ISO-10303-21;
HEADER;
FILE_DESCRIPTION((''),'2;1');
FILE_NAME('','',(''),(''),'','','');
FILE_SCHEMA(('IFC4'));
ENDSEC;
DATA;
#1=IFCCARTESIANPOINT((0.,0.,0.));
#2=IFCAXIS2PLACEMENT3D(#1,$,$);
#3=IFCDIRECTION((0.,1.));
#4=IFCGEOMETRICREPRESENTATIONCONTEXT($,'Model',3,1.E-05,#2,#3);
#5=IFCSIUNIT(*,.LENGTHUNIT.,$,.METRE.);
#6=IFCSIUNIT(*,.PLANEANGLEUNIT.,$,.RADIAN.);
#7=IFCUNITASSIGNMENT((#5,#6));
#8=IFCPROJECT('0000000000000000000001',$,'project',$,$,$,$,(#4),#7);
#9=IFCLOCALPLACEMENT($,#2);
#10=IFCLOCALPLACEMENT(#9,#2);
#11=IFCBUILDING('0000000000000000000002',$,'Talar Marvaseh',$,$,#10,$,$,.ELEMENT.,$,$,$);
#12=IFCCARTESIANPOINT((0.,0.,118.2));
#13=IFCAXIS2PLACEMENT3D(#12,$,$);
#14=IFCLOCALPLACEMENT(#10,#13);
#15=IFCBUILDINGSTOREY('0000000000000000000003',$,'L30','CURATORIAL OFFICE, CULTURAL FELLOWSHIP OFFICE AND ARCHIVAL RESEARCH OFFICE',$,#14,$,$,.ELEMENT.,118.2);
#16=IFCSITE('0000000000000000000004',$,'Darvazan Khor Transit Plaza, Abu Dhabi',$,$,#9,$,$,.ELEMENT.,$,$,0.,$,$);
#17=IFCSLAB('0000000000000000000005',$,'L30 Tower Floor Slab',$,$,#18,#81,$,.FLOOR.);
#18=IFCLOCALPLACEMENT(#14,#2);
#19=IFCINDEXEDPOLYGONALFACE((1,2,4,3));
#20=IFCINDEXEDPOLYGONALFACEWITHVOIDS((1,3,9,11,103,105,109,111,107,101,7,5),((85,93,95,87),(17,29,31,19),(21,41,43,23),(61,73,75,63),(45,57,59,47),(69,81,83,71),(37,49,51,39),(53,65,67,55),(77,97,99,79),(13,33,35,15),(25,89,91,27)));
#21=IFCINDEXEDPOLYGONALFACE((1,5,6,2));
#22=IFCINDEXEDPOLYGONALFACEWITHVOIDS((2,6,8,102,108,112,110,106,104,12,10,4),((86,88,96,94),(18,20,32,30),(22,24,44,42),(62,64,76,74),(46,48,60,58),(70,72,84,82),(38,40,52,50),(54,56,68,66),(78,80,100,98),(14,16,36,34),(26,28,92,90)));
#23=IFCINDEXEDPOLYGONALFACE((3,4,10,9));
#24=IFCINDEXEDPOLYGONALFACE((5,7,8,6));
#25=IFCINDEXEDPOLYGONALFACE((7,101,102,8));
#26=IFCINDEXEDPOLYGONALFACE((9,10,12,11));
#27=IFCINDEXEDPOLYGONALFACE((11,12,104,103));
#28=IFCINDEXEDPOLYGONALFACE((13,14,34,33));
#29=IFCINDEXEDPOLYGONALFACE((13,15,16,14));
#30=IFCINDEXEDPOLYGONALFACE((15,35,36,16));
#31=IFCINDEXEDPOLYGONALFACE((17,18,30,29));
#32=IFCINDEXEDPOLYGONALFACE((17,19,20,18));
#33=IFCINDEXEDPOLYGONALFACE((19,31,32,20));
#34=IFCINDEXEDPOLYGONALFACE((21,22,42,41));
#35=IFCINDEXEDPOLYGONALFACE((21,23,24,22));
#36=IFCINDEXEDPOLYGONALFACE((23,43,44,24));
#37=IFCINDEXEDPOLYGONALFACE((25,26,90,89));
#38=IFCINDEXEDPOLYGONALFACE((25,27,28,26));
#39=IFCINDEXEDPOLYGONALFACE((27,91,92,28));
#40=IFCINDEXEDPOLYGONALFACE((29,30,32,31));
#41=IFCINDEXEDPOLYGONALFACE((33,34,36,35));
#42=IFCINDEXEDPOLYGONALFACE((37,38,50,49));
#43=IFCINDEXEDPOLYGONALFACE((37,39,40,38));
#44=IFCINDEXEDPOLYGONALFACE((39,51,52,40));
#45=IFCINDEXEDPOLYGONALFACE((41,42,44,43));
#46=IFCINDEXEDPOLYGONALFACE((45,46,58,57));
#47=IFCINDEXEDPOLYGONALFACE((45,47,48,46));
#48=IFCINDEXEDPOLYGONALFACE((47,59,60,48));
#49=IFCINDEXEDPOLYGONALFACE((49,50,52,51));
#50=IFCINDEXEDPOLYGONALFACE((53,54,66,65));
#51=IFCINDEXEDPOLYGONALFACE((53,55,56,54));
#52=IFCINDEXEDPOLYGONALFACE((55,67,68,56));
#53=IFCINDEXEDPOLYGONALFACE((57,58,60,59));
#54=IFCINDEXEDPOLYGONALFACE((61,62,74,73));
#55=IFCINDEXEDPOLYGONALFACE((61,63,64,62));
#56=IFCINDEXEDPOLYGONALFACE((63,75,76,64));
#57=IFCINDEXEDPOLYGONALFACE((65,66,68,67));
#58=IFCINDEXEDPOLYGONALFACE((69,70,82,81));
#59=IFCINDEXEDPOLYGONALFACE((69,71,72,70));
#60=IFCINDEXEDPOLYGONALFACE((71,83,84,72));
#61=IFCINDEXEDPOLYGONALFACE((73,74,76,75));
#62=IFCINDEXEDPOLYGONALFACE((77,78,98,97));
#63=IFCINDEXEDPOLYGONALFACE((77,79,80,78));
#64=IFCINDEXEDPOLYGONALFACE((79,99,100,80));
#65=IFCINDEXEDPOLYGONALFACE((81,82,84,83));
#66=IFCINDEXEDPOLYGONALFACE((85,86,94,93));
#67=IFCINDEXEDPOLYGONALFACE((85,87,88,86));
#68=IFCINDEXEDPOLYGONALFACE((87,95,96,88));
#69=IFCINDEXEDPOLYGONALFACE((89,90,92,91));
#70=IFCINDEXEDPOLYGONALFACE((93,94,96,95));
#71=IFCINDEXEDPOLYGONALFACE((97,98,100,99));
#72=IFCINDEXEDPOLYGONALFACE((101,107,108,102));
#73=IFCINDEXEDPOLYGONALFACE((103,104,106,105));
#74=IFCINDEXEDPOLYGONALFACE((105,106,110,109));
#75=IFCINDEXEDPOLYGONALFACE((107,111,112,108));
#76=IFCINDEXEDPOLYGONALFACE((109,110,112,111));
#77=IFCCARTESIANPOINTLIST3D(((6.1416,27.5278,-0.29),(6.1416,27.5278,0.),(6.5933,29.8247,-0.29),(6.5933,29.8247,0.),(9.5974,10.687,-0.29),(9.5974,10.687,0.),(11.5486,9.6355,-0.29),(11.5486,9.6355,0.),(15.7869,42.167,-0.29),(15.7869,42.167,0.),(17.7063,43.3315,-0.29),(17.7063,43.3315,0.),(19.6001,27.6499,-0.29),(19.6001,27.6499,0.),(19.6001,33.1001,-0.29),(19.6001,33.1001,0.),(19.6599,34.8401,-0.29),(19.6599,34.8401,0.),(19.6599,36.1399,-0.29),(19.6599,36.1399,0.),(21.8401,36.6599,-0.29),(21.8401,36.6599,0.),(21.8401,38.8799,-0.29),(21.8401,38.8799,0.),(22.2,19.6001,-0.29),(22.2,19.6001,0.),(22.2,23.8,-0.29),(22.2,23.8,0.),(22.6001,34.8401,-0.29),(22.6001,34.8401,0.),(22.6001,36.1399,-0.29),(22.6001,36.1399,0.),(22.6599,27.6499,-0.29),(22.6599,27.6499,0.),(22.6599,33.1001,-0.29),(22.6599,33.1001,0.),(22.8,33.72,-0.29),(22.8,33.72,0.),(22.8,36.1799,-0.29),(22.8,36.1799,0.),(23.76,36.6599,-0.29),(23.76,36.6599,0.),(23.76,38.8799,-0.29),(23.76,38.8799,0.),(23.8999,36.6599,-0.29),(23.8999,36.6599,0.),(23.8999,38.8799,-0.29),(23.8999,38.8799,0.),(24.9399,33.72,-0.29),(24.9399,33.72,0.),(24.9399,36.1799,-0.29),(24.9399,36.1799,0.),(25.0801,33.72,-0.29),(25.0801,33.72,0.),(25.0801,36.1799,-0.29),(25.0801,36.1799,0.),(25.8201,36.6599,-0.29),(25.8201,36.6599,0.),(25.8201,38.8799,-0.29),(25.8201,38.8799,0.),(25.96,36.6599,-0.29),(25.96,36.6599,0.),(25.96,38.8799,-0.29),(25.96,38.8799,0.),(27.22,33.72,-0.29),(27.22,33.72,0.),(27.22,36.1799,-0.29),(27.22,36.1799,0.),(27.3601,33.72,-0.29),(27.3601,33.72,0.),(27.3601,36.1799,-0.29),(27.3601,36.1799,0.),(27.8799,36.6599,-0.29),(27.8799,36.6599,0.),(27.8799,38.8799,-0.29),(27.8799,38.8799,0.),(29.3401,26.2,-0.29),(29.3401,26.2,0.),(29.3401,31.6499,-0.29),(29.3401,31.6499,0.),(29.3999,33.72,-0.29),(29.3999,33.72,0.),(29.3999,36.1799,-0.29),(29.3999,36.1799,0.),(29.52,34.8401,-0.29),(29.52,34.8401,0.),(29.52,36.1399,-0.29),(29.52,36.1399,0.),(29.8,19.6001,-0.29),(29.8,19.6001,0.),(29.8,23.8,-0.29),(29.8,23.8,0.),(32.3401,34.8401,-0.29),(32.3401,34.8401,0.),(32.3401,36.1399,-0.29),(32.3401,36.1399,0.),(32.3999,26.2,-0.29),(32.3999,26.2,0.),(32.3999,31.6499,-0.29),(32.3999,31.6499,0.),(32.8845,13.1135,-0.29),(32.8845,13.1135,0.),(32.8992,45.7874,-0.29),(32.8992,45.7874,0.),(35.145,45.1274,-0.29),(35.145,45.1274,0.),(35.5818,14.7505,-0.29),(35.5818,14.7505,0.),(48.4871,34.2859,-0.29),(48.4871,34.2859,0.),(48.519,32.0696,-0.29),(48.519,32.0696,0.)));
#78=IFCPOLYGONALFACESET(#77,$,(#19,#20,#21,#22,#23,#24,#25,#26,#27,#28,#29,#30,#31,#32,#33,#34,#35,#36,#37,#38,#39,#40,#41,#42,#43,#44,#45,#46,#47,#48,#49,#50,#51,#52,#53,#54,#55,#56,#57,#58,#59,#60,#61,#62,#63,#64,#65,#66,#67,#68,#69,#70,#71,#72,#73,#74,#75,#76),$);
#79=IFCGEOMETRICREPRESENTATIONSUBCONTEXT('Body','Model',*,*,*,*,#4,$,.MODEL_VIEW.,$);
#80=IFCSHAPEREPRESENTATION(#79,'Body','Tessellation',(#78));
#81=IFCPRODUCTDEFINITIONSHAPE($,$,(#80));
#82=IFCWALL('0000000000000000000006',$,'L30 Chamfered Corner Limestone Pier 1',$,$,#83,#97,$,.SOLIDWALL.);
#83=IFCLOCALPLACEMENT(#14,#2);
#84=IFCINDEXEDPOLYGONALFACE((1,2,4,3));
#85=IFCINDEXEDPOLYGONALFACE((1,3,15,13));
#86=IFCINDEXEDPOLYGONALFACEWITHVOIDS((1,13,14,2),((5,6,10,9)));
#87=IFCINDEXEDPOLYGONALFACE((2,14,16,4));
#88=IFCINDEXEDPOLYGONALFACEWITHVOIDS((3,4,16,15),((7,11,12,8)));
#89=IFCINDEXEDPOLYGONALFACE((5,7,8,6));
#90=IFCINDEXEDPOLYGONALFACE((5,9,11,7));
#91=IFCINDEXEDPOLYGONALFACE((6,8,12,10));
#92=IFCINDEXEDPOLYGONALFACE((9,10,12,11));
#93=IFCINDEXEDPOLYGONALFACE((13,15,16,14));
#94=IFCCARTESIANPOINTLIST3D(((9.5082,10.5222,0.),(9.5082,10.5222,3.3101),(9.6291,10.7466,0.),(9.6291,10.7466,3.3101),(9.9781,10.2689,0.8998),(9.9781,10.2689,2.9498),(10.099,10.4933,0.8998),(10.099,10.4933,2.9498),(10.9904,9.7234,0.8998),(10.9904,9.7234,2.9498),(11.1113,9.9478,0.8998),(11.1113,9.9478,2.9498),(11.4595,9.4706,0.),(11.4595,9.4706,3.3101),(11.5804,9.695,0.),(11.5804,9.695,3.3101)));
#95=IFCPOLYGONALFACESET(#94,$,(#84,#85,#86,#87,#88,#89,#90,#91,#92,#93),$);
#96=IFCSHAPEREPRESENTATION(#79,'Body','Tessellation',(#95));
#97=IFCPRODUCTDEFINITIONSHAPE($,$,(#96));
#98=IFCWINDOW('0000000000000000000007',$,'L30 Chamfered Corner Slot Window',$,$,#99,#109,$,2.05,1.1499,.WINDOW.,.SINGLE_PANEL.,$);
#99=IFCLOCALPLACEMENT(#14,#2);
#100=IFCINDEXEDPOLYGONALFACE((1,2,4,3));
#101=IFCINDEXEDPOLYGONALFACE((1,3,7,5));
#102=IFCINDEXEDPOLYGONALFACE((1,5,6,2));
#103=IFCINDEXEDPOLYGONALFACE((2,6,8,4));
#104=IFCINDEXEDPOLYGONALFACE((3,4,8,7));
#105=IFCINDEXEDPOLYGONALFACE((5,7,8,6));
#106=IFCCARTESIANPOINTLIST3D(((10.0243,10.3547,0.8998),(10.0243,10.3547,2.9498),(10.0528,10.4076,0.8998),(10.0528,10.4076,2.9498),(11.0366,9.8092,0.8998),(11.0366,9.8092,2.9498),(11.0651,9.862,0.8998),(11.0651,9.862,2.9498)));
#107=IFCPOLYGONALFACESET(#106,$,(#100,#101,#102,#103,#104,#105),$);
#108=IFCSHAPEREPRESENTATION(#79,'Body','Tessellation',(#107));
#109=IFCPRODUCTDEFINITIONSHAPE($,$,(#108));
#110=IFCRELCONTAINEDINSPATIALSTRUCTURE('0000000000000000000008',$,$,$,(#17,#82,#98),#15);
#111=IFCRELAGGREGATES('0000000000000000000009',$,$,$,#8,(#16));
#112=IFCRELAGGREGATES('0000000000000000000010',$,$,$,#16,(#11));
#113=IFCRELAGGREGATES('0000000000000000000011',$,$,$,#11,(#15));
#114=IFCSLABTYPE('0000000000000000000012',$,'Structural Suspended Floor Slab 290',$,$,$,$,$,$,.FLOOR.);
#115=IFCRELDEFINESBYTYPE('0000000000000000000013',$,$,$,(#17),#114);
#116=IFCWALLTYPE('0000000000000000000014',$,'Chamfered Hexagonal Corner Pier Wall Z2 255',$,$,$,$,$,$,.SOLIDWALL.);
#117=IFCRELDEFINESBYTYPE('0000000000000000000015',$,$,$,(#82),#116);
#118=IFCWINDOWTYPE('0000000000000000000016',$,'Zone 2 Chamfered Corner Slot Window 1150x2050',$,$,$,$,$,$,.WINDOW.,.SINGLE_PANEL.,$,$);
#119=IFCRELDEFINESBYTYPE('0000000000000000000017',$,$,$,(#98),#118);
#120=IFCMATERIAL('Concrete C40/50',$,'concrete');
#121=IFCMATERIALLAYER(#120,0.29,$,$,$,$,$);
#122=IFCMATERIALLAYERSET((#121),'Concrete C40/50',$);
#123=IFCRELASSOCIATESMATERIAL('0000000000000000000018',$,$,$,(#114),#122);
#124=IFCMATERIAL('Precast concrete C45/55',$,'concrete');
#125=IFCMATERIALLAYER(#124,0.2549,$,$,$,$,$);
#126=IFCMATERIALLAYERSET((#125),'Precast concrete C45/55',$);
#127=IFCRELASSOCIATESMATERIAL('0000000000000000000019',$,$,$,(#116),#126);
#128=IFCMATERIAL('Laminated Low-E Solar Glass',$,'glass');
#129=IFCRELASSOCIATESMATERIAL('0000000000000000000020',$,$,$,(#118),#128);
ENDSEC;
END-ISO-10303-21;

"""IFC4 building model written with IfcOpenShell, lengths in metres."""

from ifc_helpers import new_model, si_unit, direction, frame, frame_2d, origin, place, context, subcontext, project, spatial, polyline, rectangle, outline, extrude, source, transform, mapped, material, layer, layer_set, type_object, type_shapes, element, fill, save


model = new_model("IFC4")

# Units and contexts
model_context = context("Model", 3, precision=1e-05, world=origin(), true_north=direction((0.0, 1.0)))
body_context = subcontext(model_context, "Body", "Model", "MODEL_VIEW")
ifc_project = project(units=[si_unit("LENGTHUNIT", "METRE"), si_unit("PLANEANGLEUNIT", "RADIAN")], contexts=[model_context])

# Site, building, storey
site_placement = place(None, origin())
site = spatial("IfcSite", under=ifc_project, at=site_placement, Name="Darvazan Khor Transit Plaza, Abu Dhabi", CompositionType="ELEMENT", RefElevation=0.0)
building_placement = place(site_placement, origin())
building = spatial("IfcBuilding", under=site, at=building_placement, Name="Talar Marvaseh", CompositionType="ELEMENT")
storey_placement = place(building_placement, frame((0.0, 0.0, 118.2)))
storey = spatial("IfcBuildingStorey", under=building, at=storey_placement, Name="L30", Description="CURATORIAL OFFICE, CULTURAL FELLOWSHIP OFFICE AND ARCHIVAL RESEARCH OFFICE", CompositionType="ELEMENT", Elevation=118.2)

# Shared definitions
ifc_material_1 = material(Name="Concrete C40/50", Category="concrete")

# Slab
ifc_layer_1 = layer(ifc_material_1, 0.29)
ifc_layer_set_1 = layer_set([ifc_layer_1], Name="Concrete C40/50")
slab_type_1 = type_object("IfcSlabType", Name="Structural Suspended Floor Slab 290", PredefinedType="FLOOR", material=ifc_layer_set_1)
slab_1_placement = place(storey_placement, frame((0.0, 0.0, -0.29)))
element("IfcSlab", 1, at=slab_1_placement, inside=storey, type_object=slab_type_1, Name="L30 Tower Floor Slab", PredefinedType="FLOOR", context=body_context, shape_type="SweptSolid", body=[
    extrude(outline(polyline([(11.5486, 9.6355), (9.5974, 10.687), (6.1416, 27.5278), (6.5933, 29.8247), (15.7869, 42.167), (17.7063, 43.3315), (32.8992, 45.7874), (35.145, 45.1274), (48.4871, 34.2859), (48.519, 32.0696), (35.5818, 14.7505), (32.8845, 13.1135), (11.5486, 9.6355)]), holes=[polyline([(22.6599, 27.6499), (22.6599, 33.1001), (19.6001, 33.1001), (19.6001, 27.6499), (22.6599, 27.6499)]), polyline([(29.3401, 31.6499), (29.3401, 26.2), (32.3999, 26.2), (32.3999, 31.6499), (29.3401, 31.6499)]), polyline([(22.8, 33.72), (24.9399, 33.72), (24.9399, 36.1799), (22.8, 36.1799), (22.8, 33.72)]), polyline([(25.0801, 33.72), (27.22, 33.72), (27.22, 36.1799), (25.0801, 36.1799), (25.0801, 33.72)]), polyline([(27.3601, 33.72), (29.3999, 33.72), (29.3999, 36.1799), (27.3601, 36.1799), (27.3601, 33.72)]), polyline([(21.8401, 36.6599), (23.76, 36.6599), (23.76, 38.8799), (21.8401, 38.8799), (21.8401, 36.6599)]), polyline([(23.8999, 36.6599), (25.8201, 36.6599), (25.8201, 38.8799), (23.8999, 38.8799), (23.8999, 36.6599)]), polyline([(25.96, 36.6599), (27.8799, 36.6599), (27.8799, 38.8799), (25.96, 38.8799), (25.96, 36.6599)]), polyline([(19.6599, 34.8401), (22.6001, 34.8401), (22.6001, 36.1399), (19.6599, 36.1399), (19.6599, 34.8401)]), polyline([(29.52, 34.8401), (32.3401, 34.8401), (32.3401, 36.1399), (29.52, 36.1399), (29.52, 34.8401)]), polyline([(22.2, 19.6001), (29.8, 19.6001), (29.8, 23.8), (22.2, 23.8), (22.2, 19.6001)])]), origin(), (0.0, 0.0, 1.0), 0.29),
])

# Wall, opening, window
ifc_material_2 = material(Name="Precast concrete C45/55", Category="concrete")
ifc_layer_2 = layer(ifc_material_2, 0.2549)
ifc_layer_set_2 = layer_set([ifc_layer_2], Name="Precast concrete C45/55")
wall_type = type_object("IfcWallType", Name="Chamfered Hexagonal Corner Pier Wall Z2 255", PredefinedType="SOLIDWALL", material=ifc_layer_set_2)
wall_placement = place(storey_placement, frame((11.52, 9.5828, 0.0), z_axis=(0.0, 0.0, 1.0), x_axis=(-0.880305, 0.474409, 0.0)))
wall = element("IfcWall", 2, at=wall_placement, inside=storey, type_object=wall_type, Name="L30 Chamfered Corner Limestone Pier 1", PredefinedType="SOLIDWALL", context=body_context, shape_type="SweptSolid", body=[
    extrude(rectangle(XDim=2.2166, YDim=0.2549, at=frame_2d((1.1084, 0.0))), origin(), (0.0, 0.0, 1.0), 3.3101),
])
opening_placement = place(wall_placement, frame((0.533, 0.0, 0.8999)))
opening = element("IfcOpeningElement", 3, at=opening_placement, cuts=wall, PredefinedType="OPENING", context=body_context, shape_type="SweptSolid", body=[
    extrude(rectangle(XDim=1.1499, YDim=2.05, at=frame_2d((0.575, 1.0249))), frame((0.0, 0.1375, 0.0), z_axis=(0.0, -1.0, 0.0), x_axis=(1.0, 0.0, 0.0)), (0.0, 0.0, 1.0), 0.2749),
])
ifc_material_3 = material(Name="Laminated Low-E Solar Glass", Category="glass")
window_type = type_object("IfcWindowType", Name="Zone 2 Chamfered Corner Slot Window 1150x2050", PartitioningType="SINGLE_PANEL", PredefinedType="WINDOW", material=ifc_material_3)
shared_shape_1 = source(origin(), body_context, "Body", "SweptSolid", [
    extrude(rectangle(XDim=1.1499, YDim=2.05, at=frame_2d((0.575, 1.0249))), frame((0.0, 0.03, 0.0), z_axis=(0.0, -1.0, 0.0), x_axis=(1.0, 0.0, 0.0)), (0.0, 0.0, 1.0), 0.0601),
])
type_shapes(window_type, [shared_shape_1])
window_placement = place(opening_placement, origin())
window = element("IfcWindow", 4, at=window_placement, inside=storey, type_object=window_type, Name="L30 Chamfered Corner Slot Window", OverallHeight=2.05, OverallWidth=1.1499, PartitioningType="SINGLE_PANEL", PredefinedType="WINDOW", context=body_context, shape_type="MappedRepresentation", body=[
    mapped(shared_shape_1, transform((0.0, 0.0, 0.0), x_axis=(1.0, 0.0, 0.0), y_axis=(0.0, 1.0, 0.0), z_axis=(0.0, 0.0, 1.0), scale=1.0)),
])
fill(opening, window)

save(model, "model.ifc")
